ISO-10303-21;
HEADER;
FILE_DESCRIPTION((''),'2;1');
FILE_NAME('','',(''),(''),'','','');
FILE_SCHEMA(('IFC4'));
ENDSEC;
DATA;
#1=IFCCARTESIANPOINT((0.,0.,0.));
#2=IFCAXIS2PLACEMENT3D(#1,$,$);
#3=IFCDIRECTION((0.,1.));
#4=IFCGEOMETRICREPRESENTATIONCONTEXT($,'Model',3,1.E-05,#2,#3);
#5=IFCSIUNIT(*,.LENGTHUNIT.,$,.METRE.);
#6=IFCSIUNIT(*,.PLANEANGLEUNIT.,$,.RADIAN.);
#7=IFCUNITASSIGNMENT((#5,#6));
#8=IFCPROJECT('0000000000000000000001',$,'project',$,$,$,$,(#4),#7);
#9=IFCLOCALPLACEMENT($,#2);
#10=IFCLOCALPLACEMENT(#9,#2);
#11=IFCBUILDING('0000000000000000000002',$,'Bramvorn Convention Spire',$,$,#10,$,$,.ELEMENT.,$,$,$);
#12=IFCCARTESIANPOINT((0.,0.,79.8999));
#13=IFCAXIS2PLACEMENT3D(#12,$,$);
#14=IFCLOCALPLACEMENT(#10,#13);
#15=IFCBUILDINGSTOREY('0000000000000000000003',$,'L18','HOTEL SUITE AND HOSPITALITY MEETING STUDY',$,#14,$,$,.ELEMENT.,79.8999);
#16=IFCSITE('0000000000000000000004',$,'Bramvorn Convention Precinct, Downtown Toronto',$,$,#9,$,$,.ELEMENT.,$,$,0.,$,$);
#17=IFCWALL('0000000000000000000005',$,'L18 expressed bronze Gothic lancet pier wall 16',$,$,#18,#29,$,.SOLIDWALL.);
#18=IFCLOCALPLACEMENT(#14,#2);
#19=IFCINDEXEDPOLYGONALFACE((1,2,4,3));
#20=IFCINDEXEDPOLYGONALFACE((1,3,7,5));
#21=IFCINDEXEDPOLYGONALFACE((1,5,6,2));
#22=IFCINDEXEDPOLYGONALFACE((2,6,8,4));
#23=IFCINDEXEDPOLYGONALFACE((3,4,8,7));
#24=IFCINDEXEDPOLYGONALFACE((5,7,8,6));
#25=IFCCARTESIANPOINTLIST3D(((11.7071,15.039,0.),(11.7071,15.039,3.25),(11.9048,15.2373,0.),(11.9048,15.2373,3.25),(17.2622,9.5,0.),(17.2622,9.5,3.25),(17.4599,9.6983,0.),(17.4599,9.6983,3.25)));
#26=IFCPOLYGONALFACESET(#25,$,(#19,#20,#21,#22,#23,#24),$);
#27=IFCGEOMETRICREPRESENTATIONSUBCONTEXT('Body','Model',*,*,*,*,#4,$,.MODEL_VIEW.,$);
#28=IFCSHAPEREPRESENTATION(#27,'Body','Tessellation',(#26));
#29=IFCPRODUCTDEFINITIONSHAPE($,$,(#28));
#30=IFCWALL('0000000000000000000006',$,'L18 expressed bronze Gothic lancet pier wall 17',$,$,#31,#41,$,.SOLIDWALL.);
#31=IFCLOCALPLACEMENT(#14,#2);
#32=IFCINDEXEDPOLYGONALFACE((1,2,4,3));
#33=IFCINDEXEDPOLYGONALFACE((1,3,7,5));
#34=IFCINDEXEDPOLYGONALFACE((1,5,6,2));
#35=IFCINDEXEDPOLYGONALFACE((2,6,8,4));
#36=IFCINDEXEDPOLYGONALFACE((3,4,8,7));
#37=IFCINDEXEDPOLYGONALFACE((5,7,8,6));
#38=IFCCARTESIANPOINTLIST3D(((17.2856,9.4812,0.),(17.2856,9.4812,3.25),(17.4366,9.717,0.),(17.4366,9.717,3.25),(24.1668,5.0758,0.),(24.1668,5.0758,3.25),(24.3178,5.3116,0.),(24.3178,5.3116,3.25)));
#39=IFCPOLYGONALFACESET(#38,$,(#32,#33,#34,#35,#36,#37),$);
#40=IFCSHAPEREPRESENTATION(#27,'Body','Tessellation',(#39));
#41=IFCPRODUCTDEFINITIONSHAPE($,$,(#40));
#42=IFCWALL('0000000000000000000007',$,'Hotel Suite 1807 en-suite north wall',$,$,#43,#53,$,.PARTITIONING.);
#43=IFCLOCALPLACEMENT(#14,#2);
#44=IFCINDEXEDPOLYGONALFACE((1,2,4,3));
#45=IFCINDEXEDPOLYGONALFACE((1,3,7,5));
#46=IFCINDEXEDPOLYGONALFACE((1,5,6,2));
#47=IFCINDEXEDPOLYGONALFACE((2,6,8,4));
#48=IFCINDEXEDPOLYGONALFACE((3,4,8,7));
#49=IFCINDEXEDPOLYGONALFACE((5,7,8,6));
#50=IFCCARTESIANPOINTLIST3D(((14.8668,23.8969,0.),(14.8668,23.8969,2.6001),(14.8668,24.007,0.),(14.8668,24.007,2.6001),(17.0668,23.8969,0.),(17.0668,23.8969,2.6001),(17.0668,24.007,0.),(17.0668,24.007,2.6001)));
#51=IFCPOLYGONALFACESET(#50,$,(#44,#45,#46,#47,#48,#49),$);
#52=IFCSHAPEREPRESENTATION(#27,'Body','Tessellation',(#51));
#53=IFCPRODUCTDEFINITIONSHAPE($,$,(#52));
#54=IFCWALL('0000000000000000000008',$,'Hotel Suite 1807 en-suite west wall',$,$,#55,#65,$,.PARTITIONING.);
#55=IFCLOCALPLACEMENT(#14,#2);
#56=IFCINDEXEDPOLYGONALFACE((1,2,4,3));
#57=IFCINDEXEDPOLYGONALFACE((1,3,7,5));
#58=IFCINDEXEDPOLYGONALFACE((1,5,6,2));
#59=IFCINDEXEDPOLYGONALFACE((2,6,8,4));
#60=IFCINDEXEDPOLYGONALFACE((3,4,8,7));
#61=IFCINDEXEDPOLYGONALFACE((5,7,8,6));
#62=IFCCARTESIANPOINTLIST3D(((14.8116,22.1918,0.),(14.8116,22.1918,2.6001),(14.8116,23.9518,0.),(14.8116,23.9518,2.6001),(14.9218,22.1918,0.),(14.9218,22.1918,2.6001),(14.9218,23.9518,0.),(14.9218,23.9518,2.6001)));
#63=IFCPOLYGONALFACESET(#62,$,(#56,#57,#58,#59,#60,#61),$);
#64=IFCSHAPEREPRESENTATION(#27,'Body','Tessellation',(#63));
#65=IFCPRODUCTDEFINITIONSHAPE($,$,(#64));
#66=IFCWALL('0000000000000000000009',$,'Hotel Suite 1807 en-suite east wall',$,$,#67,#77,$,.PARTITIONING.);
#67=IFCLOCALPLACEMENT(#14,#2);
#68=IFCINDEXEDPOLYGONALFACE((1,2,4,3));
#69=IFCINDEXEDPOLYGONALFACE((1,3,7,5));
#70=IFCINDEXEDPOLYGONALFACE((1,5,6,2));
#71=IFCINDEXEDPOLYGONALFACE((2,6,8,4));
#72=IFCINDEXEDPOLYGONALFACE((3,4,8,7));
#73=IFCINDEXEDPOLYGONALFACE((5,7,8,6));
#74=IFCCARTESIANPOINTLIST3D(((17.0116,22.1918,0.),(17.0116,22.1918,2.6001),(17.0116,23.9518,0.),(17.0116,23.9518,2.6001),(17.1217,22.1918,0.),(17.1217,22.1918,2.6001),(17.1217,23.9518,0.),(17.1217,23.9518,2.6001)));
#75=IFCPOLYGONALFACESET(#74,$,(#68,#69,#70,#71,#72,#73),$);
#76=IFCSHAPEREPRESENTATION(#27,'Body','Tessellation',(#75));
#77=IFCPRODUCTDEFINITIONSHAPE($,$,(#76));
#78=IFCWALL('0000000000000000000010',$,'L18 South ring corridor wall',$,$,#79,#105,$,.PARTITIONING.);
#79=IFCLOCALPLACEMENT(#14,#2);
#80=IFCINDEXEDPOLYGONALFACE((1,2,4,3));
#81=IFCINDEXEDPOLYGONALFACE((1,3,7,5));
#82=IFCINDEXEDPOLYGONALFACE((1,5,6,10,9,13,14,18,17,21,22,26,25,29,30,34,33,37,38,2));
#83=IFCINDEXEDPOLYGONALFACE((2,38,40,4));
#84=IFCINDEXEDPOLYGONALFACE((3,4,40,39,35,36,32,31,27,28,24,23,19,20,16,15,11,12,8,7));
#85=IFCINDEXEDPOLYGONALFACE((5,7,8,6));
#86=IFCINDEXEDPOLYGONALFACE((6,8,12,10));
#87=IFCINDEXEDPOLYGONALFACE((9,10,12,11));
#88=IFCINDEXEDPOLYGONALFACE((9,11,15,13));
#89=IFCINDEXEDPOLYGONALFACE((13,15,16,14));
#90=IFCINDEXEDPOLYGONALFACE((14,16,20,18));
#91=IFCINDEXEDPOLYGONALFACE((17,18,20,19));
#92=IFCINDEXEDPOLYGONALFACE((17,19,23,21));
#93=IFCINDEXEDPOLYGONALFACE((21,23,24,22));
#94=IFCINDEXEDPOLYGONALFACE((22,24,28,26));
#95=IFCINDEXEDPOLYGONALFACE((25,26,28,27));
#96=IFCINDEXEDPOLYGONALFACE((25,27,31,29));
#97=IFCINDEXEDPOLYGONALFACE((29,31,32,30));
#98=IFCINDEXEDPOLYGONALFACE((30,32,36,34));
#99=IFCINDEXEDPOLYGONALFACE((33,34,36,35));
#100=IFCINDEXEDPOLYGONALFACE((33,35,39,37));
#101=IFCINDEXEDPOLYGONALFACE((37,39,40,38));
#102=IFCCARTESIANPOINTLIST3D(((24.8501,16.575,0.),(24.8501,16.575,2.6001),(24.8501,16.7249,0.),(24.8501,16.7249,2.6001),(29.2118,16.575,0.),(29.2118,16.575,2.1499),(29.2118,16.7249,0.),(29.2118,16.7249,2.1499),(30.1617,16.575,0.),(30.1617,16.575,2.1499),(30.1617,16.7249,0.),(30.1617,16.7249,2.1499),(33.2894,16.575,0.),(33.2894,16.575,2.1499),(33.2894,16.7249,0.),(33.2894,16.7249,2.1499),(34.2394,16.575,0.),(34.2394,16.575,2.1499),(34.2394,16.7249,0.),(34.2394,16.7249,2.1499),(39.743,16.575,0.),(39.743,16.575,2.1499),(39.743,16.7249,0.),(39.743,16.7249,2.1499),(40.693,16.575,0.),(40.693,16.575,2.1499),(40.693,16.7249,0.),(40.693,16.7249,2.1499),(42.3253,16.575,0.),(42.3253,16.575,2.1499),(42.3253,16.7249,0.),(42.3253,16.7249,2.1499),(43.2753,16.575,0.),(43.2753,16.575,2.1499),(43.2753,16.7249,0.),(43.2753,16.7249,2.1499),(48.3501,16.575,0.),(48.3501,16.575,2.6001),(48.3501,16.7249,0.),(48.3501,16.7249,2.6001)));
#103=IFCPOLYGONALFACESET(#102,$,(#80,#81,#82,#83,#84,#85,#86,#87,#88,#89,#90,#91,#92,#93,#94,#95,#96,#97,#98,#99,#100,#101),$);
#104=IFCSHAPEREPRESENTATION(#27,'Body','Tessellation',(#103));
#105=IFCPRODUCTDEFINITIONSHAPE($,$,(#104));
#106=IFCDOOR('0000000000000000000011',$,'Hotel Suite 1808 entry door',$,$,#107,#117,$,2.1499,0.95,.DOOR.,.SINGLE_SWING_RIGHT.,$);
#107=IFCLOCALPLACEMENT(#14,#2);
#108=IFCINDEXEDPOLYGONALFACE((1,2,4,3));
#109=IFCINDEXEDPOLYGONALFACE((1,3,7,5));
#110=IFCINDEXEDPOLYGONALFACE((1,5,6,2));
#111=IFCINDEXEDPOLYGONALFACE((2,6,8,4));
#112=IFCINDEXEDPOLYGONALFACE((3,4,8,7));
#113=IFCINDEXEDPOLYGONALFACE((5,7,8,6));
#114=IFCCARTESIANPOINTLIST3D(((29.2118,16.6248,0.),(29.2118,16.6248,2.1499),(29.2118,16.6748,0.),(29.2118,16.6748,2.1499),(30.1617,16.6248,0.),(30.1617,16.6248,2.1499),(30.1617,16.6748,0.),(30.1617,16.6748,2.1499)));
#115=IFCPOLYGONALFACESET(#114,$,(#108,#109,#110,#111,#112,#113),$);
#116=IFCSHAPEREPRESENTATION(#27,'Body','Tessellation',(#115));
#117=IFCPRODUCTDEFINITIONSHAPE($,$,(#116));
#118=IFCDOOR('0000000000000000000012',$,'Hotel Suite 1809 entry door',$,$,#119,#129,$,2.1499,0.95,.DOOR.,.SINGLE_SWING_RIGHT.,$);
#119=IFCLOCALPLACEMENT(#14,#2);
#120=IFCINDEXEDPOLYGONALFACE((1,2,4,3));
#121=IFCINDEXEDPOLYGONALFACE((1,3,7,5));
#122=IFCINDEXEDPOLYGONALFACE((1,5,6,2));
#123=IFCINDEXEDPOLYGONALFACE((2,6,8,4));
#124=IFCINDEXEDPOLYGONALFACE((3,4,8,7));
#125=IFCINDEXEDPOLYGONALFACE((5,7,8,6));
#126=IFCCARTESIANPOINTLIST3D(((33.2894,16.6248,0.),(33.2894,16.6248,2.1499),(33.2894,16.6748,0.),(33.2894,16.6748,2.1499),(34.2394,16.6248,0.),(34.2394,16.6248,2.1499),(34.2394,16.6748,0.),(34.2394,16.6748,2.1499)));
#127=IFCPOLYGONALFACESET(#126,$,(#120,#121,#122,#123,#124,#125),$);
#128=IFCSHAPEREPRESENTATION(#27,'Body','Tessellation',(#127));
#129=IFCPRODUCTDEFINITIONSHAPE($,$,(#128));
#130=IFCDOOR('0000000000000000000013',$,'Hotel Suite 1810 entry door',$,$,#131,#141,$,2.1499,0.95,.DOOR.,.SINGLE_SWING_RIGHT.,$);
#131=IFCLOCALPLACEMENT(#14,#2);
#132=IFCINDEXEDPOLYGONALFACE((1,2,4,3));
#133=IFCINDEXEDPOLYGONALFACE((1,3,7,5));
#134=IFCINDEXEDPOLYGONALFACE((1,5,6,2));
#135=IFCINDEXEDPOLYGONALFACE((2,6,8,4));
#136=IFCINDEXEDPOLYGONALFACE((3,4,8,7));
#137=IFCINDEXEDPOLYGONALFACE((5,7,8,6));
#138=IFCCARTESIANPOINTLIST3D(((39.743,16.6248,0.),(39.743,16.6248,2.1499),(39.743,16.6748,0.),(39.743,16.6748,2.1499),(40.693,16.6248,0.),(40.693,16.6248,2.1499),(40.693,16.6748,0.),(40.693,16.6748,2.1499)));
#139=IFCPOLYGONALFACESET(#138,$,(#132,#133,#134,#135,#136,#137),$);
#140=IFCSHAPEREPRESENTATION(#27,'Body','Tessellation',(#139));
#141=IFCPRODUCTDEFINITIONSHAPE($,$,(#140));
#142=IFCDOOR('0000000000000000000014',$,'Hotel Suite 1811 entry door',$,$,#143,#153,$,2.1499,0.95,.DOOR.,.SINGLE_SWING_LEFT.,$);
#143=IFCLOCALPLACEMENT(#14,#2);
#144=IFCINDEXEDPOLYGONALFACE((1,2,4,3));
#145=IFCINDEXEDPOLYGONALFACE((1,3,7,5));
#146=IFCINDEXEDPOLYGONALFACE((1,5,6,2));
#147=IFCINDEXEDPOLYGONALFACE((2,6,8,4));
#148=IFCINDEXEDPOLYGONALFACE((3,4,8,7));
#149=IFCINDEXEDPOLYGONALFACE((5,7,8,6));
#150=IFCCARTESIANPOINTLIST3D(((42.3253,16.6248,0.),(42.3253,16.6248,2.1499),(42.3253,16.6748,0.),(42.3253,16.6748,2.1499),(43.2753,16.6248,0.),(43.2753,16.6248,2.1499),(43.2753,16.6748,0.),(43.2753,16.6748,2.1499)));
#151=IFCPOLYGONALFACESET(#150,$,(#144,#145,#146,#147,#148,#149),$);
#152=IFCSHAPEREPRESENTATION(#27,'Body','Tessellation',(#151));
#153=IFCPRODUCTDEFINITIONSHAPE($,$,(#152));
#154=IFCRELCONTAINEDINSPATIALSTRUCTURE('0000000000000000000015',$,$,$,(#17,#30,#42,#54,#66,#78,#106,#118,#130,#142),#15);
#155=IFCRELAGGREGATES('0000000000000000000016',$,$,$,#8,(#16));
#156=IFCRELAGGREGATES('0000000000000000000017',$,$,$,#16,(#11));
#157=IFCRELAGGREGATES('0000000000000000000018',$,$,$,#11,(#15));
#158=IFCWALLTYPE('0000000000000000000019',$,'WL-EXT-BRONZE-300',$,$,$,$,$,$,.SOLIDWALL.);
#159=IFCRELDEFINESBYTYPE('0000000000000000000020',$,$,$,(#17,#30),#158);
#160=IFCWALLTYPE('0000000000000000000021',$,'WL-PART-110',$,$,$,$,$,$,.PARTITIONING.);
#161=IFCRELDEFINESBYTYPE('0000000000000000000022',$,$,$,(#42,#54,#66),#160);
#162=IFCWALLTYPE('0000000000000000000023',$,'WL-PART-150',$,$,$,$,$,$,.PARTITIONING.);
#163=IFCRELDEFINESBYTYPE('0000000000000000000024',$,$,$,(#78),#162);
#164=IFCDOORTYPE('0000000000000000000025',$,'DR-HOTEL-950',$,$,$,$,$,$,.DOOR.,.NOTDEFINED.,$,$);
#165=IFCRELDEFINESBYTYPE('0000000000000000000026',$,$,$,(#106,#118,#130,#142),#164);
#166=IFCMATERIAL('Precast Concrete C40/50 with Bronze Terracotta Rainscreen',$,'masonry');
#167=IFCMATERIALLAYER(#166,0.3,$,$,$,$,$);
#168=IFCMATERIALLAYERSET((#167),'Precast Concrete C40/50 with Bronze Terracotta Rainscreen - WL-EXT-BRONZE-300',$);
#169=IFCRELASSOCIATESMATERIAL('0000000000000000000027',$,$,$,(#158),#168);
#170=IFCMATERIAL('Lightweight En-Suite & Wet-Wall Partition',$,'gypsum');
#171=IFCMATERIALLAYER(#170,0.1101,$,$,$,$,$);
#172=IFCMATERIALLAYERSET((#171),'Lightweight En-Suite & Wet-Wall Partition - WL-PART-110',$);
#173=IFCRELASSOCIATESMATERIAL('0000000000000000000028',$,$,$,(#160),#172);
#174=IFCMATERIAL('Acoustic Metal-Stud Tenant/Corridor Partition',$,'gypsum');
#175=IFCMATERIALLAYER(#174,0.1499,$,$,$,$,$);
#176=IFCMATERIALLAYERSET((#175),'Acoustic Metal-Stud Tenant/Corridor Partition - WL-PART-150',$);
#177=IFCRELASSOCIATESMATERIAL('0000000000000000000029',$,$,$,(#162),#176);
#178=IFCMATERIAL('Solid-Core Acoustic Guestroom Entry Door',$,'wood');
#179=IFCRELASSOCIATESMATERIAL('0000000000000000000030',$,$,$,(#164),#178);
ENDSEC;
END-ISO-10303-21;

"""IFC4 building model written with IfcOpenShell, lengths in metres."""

from ifc_helpers import new_model, si_unit, direction, frame, frame_2d, origin, place, context, subcontext, project, spatial, rectangle, extrude, material, layer, layer_set, type_object, element, fill, save


model = new_model("IFC4")

# Units and contexts
model_context = context("Model", 3, precision=1e-05, world=origin(), true_north=direction((0.0, 1.0)))
body_context = subcontext(model_context, "Body", "Model", "MODEL_VIEW")
ifc_project = project(units=[si_unit("LENGTHUNIT", "METRE"), si_unit("PLANEANGLEUNIT", "RADIAN")], contexts=[model_context])

# Site, building, storey
site_placement = place(None, origin())
site = spatial("IfcSite", under=ifc_project, at=site_placement, Name="Bramvorn Convention Precinct, Downtown Toronto", CompositionType="ELEMENT", RefElevation=0.0)
building_placement = place(site_placement, origin())
building = spatial("IfcBuilding", under=site, at=building_placement, Name="Bramvorn Convention Spire", CompositionType="ELEMENT")
storey_placement = place(building_placement, frame((0.0, 0.0, 79.8999)))
storey = spatial("IfcBuildingStorey", under=building, at=storey_placement, Name="L18", Description="HOTEL SUITE AND HOSPITALITY MEETING STUDY", CompositionType="ELEMENT", Elevation=79.8999)

# Walls
ifc_material_1 = material(Name="Precast Concrete C40/50 with Bronze Terracotta Rainscreen", Category="masonry")
ifc_layer_1 = layer(ifc_material_1, 0.3)
ifc_layer_set_1 = layer_set([ifc_layer_1], Name="Precast Concrete C40/50 with Bronze Terracotta Rainscreen - WL-EXT-BRONZE-300")
wall_type_1 = type_object("IfcWallType", Name="WL-EXT-BRONZE-300", PredefinedType="SOLIDWALL", material=ifc_layer_set_1)
wall_1_placement = place(storey_placement, frame((17.3611, 9.5991, 0.0), z_axis=(0.0, 0.0, 1.0), x_axis=(-0.708133, 0.706079, 0.0)))
element("IfcWall", 1, at=wall_1_placement, inside=storey, type_object=wall_type_1, Name="L18 expressed bronze Gothic lancet pier wall 16", PredefinedType="SOLIDWALL", context=body_context, shape_type="SweptSolid", body=[
    extrude(rectangle(XDim=7.8447, YDim=0.28, at=frame_2d((3.9224, 0.0))), origin(), (0.0, 0.0, 1.0), 3.25),
])
wall_2_placement = place(storey_placement, frame((24.2424, 5.1936, 0.0), z_axis=(0.0, 0.0, 1.0), x_axis=(-0.842191, 0.53918, 0.0)))
element("IfcWall", 2, at=wall_2_placement, inside=storey, type_object=wall_type_1, Name="L18 expressed bronze Gothic lancet pier wall 17", PredefinedType="SOLIDWALL", context=body_context, shape_type="SweptSolid", body=[
    extrude(rectangle(XDim=8.1707, YDim=0.28, at=frame_2d((4.0854, 0.0))), origin(), (0.0, 0.0, 1.0), 3.25),
])
ifc_material_2 = material(Name="Lightweight En-Suite & Wet-Wall Partition", Category="gypsum")
ifc_layer_2 = layer(ifc_material_2, 0.1101)
ifc_layer_set_2 = layer_set([ifc_layer_2], Name="Lightweight En-Suite & Wet-Wall Partition - WL-PART-110")
wall_type_2 = type_object("IfcWallType", Name="WL-PART-110", PredefinedType="PARTITIONING", material=ifc_layer_set_2)
wall_3_placement = place(storey_placement, frame((14.8667, 23.9519, 0.0), z_axis=(0.0, 0.0, 1.0), x_axis=(1.0, 0.0, 0.0)))
element("IfcWall", 3, at=wall_3_placement, inside=storey, type_object=wall_type_2, Name="Hotel Suite 1807 en-suite north wall", PredefinedType="PARTITIONING", context=body_context, shape_type="SweptSolid", body=[
    extrude(rectangle(XDim=2.2, YDim=0.1101, at=frame_2d((1.1001, 0.0))), origin(), (0.0, 0.0, 1.0), 2.6001),
])
for number, where, z_axis, x_axis, name in (
    (4, (14.8667, 22.1919, 0.0), (0.0, 0.0, 1.0), (0.0, 1.0, 0.0), "Hotel Suite 1807 en-suite west wall"),
    (5, (17.0667, 22.1919, 0.0), (0.0, 0.0, 1.0), (0.0, 1.0, 0.0), "Hotel Suite 1807 en-suite east wall"),
):
    element("IfcWall", number, at=place(storey_placement, frame(where, z_axis=z_axis, x_axis=x_axis)), inside=storey, type_object=wall_type_2, Name=name, PredefinedType="PARTITIONING", context=body_context, shape_type="SweptSolid", body=[
        extrude(rectangle(XDim=1.76, YDim=0.1101, at=frame_2d((0.8799, 0.0))), origin(), (0.0, 0.0, 1.0), 2.6001),
    ])

# Wall, openings, doors
ifc_material_3 = material(Name="Acoustic Metal-Stud Tenant/Corridor Partition", Category="gypsum")
ifc_layer_3 = layer(ifc_material_3, 0.1499)
ifc_layer_set_3 = layer_set([ifc_layer_3], Name="Acoustic Metal-Stud Tenant/Corridor Partition - WL-PART-150")
wall_type_3 = type_object("IfcWallType", Name="WL-PART-150", PredefinedType="PARTITIONING", material=ifc_layer_set_3)
wall_4_placement = place(storey_placement, frame((24.8501, 16.6499, 0.0), z_axis=(0.0, 0.0, 1.0), x_axis=(1.0, 0.0, 0.0)))
wall_4 = element("IfcWall", 6, at=wall_4_placement, inside=storey, type_object=wall_type_3, Name="L18 South ring corridor wall", PredefinedType="PARTITIONING", context=body_context, shape_type="SweptSolid", body=[
    extrude(rectangle(XDim=23.5, YDim=0.1499, at=frame_2d((11.75, 0.0))), origin(), (0.0, 0.0, 1.0), 2.6001),
])
opening_1_placement = place(wall_4_placement, frame((4.3616, 0.0, 0.0)))
opening_1 = element("IfcOpeningElement", 7, at=opening_1_placement, cuts=wall_4, PredefinedType="OPENING", context=body_context, shape_type="SweptSolid", body=[
    extrude(rectangle(XDim=0.95, YDim=2.1499, at=frame_2d((0.4751, 1.075))), frame((0.0, 0.085, 0.0), z_axis=(0.0, -1.0, 0.0), x_axis=(1.0, 0.0, 0.0)), (0.0, 0.0, 1.0), 0.1699),
])
opening_2_placement = place(wall_4_placement, frame((8.4392, 0.0, 0.0)))
opening_2 = element("IfcOpeningElement", 8, at=opening_2_placement, cuts=wall_4, PredefinedType="OPENING", context=body_context, shape_type="SweptSolid", body=[
    extrude(rectangle(XDim=0.95, YDim=2.1499, at=frame_2d((0.4751, 1.075))), frame((0.0, 0.085, 0.0), z_axis=(0.0, -1.0, 0.0), x_axis=(1.0, 0.0, 0.0)), (0.0, 0.0, 1.0), 0.1699),
])
opening_3_placement = place(wall_4_placement, frame((14.8928, 0.0, 0.0)))
opening_3 = element("IfcOpeningElement", 9, at=opening_3_placement, cuts=wall_4, PredefinedType="OPENING", context=body_context, shape_type="SweptSolid", body=[
    extrude(rectangle(XDim=0.95, YDim=2.1499, at=frame_2d((0.4751, 1.075))), frame((0.0, 0.085, 0.0), z_axis=(0.0, -1.0, 0.0), x_axis=(1.0, 0.0, 0.0)), (0.0, 0.0, 1.0), 0.1699),
])
opening_4_placement = place(wall_4_placement, frame((17.4751, 0.0, 0.0)))
opening_4 = element("IfcOpeningElement", 10, at=opening_4_placement, cuts=wall_4, PredefinedType="OPENING", context=body_context, shape_type="SweptSolid", body=[
    extrude(rectangle(XDim=0.95, YDim=2.1499, at=frame_2d((0.4751, 1.075))), frame((0.0, 0.085, 0.0), z_axis=(0.0, -1.0, 0.0), x_axis=(1.0, 0.0, 0.0)), (0.0, 0.0, 1.0), 0.1699),
])
ifc_material_4 = material(Name="Solid-Core Acoustic Guestroom Entry Door", Category="wood")
door_type_1 = type_object("IfcDoorType", Name="DR-HOTEL-950", OperationType="NOTDEFINED", PredefinedType="DOOR", material=ifc_material_4)
door_1_placement = place(opening_1_placement, origin())
door_1 = element("IfcDoor", 11, at=door_1_placement, inside=storey, type_object=door_type_1, Name="Hotel Suite 1808 entry door", OperationType="SINGLE_SWING_RIGHT", OverallHeight=2.1499, OverallWidth=0.95, PredefinedType="DOOR", context=body_context, shape_type="SweptSolid", body=[
    extrude(rectangle(XDim=0.95, YDim=2.1499, at=frame_2d((0.4751, 1.075))), frame((0.0, 0.0249, 0.0), z_axis=(0.0, -1.0, 0.0), x_axis=(1.0, 0.0, 0.0)), (0.0, 0.0, 1.0), 0.05),
])
fill(opening_1, door_1)
door_2_placement = place(opening_2_placement, origin())
door_2 = element("IfcDoor", 12, at=door_2_placement, inside=storey, type_object=door_type_1, Name="Hotel Suite 1809 entry door", OperationType="SINGLE_SWING_RIGHT", OverallHeight=2.1499, OverallWidth=0.95, PredefinedType="DOOR", context=body_context, shape_type="SweptSolid", body=[
    extrude(rectangle(XDim=0.95, YDim=2.1499, at=frame_2d((0.4751, 1.075))), frame((0.0, 0.0249, 0.0), z_axis=(0.0, -1.0, 0.0), x_axis=(1.0, 0.0, 0.0)), (0.0, 0.0, 1.0), 0.05),
])
fill(opening_2, door_2)
door_3_placement = place(opening_3_placement, origin())
door_3 = element("IfcDoor", 13, at=door_3_placement, inside=storey, type_object=door_type_1, Name="Hotel Suite 1810 entry door", OperationType="SINGLE_SWING_RIGHT", OverallHeight=2.1499, OverallWidth=0.95, PredefinedType="DOOR", context=body_context, shape_type="SweptSolid", body=[
    extrude(rectangle(XDim=0.95, YDim=2.1499, at=frame_2d((0.4751, 1.075))), frame((0.0, 0.0249, 0.0), z_axis=(0.0, -1.0, 0.0), x_axis=(1.0, 0.0, 0.0)), (0.0, 0.0, 1.0), 0.05),
])
fill(opening_3, door_3)
door_4_placement = place(opening_4_placement, origin())
door_4 = element("IfcDoor", 14, at=door_4_placement, inside=storey, type_object=door_type_1, Name="Hotel Suite 1811 entry door", OperationType="SINGLE_SWING_LEFT", OverallHeight=2.1499, OverallWidth=0.95, PredefinedType="DOOR", context=body_context, shape_type="SweptSolid", body=[
    extrude(rectangle(XDim=0.95, YDim=2.1499, at=frame_2d((0.4751, 1.075))), frame((0.0, 0.0249, 0.0), z_axis=(0.0, -1.0, 0.0), x_axis=(1.0, 0.0, 0.0)), (0.0, 0.0, 1.0), 0.05),
])
fill(opening_4, door_4)

save(model, "model.ifc")
